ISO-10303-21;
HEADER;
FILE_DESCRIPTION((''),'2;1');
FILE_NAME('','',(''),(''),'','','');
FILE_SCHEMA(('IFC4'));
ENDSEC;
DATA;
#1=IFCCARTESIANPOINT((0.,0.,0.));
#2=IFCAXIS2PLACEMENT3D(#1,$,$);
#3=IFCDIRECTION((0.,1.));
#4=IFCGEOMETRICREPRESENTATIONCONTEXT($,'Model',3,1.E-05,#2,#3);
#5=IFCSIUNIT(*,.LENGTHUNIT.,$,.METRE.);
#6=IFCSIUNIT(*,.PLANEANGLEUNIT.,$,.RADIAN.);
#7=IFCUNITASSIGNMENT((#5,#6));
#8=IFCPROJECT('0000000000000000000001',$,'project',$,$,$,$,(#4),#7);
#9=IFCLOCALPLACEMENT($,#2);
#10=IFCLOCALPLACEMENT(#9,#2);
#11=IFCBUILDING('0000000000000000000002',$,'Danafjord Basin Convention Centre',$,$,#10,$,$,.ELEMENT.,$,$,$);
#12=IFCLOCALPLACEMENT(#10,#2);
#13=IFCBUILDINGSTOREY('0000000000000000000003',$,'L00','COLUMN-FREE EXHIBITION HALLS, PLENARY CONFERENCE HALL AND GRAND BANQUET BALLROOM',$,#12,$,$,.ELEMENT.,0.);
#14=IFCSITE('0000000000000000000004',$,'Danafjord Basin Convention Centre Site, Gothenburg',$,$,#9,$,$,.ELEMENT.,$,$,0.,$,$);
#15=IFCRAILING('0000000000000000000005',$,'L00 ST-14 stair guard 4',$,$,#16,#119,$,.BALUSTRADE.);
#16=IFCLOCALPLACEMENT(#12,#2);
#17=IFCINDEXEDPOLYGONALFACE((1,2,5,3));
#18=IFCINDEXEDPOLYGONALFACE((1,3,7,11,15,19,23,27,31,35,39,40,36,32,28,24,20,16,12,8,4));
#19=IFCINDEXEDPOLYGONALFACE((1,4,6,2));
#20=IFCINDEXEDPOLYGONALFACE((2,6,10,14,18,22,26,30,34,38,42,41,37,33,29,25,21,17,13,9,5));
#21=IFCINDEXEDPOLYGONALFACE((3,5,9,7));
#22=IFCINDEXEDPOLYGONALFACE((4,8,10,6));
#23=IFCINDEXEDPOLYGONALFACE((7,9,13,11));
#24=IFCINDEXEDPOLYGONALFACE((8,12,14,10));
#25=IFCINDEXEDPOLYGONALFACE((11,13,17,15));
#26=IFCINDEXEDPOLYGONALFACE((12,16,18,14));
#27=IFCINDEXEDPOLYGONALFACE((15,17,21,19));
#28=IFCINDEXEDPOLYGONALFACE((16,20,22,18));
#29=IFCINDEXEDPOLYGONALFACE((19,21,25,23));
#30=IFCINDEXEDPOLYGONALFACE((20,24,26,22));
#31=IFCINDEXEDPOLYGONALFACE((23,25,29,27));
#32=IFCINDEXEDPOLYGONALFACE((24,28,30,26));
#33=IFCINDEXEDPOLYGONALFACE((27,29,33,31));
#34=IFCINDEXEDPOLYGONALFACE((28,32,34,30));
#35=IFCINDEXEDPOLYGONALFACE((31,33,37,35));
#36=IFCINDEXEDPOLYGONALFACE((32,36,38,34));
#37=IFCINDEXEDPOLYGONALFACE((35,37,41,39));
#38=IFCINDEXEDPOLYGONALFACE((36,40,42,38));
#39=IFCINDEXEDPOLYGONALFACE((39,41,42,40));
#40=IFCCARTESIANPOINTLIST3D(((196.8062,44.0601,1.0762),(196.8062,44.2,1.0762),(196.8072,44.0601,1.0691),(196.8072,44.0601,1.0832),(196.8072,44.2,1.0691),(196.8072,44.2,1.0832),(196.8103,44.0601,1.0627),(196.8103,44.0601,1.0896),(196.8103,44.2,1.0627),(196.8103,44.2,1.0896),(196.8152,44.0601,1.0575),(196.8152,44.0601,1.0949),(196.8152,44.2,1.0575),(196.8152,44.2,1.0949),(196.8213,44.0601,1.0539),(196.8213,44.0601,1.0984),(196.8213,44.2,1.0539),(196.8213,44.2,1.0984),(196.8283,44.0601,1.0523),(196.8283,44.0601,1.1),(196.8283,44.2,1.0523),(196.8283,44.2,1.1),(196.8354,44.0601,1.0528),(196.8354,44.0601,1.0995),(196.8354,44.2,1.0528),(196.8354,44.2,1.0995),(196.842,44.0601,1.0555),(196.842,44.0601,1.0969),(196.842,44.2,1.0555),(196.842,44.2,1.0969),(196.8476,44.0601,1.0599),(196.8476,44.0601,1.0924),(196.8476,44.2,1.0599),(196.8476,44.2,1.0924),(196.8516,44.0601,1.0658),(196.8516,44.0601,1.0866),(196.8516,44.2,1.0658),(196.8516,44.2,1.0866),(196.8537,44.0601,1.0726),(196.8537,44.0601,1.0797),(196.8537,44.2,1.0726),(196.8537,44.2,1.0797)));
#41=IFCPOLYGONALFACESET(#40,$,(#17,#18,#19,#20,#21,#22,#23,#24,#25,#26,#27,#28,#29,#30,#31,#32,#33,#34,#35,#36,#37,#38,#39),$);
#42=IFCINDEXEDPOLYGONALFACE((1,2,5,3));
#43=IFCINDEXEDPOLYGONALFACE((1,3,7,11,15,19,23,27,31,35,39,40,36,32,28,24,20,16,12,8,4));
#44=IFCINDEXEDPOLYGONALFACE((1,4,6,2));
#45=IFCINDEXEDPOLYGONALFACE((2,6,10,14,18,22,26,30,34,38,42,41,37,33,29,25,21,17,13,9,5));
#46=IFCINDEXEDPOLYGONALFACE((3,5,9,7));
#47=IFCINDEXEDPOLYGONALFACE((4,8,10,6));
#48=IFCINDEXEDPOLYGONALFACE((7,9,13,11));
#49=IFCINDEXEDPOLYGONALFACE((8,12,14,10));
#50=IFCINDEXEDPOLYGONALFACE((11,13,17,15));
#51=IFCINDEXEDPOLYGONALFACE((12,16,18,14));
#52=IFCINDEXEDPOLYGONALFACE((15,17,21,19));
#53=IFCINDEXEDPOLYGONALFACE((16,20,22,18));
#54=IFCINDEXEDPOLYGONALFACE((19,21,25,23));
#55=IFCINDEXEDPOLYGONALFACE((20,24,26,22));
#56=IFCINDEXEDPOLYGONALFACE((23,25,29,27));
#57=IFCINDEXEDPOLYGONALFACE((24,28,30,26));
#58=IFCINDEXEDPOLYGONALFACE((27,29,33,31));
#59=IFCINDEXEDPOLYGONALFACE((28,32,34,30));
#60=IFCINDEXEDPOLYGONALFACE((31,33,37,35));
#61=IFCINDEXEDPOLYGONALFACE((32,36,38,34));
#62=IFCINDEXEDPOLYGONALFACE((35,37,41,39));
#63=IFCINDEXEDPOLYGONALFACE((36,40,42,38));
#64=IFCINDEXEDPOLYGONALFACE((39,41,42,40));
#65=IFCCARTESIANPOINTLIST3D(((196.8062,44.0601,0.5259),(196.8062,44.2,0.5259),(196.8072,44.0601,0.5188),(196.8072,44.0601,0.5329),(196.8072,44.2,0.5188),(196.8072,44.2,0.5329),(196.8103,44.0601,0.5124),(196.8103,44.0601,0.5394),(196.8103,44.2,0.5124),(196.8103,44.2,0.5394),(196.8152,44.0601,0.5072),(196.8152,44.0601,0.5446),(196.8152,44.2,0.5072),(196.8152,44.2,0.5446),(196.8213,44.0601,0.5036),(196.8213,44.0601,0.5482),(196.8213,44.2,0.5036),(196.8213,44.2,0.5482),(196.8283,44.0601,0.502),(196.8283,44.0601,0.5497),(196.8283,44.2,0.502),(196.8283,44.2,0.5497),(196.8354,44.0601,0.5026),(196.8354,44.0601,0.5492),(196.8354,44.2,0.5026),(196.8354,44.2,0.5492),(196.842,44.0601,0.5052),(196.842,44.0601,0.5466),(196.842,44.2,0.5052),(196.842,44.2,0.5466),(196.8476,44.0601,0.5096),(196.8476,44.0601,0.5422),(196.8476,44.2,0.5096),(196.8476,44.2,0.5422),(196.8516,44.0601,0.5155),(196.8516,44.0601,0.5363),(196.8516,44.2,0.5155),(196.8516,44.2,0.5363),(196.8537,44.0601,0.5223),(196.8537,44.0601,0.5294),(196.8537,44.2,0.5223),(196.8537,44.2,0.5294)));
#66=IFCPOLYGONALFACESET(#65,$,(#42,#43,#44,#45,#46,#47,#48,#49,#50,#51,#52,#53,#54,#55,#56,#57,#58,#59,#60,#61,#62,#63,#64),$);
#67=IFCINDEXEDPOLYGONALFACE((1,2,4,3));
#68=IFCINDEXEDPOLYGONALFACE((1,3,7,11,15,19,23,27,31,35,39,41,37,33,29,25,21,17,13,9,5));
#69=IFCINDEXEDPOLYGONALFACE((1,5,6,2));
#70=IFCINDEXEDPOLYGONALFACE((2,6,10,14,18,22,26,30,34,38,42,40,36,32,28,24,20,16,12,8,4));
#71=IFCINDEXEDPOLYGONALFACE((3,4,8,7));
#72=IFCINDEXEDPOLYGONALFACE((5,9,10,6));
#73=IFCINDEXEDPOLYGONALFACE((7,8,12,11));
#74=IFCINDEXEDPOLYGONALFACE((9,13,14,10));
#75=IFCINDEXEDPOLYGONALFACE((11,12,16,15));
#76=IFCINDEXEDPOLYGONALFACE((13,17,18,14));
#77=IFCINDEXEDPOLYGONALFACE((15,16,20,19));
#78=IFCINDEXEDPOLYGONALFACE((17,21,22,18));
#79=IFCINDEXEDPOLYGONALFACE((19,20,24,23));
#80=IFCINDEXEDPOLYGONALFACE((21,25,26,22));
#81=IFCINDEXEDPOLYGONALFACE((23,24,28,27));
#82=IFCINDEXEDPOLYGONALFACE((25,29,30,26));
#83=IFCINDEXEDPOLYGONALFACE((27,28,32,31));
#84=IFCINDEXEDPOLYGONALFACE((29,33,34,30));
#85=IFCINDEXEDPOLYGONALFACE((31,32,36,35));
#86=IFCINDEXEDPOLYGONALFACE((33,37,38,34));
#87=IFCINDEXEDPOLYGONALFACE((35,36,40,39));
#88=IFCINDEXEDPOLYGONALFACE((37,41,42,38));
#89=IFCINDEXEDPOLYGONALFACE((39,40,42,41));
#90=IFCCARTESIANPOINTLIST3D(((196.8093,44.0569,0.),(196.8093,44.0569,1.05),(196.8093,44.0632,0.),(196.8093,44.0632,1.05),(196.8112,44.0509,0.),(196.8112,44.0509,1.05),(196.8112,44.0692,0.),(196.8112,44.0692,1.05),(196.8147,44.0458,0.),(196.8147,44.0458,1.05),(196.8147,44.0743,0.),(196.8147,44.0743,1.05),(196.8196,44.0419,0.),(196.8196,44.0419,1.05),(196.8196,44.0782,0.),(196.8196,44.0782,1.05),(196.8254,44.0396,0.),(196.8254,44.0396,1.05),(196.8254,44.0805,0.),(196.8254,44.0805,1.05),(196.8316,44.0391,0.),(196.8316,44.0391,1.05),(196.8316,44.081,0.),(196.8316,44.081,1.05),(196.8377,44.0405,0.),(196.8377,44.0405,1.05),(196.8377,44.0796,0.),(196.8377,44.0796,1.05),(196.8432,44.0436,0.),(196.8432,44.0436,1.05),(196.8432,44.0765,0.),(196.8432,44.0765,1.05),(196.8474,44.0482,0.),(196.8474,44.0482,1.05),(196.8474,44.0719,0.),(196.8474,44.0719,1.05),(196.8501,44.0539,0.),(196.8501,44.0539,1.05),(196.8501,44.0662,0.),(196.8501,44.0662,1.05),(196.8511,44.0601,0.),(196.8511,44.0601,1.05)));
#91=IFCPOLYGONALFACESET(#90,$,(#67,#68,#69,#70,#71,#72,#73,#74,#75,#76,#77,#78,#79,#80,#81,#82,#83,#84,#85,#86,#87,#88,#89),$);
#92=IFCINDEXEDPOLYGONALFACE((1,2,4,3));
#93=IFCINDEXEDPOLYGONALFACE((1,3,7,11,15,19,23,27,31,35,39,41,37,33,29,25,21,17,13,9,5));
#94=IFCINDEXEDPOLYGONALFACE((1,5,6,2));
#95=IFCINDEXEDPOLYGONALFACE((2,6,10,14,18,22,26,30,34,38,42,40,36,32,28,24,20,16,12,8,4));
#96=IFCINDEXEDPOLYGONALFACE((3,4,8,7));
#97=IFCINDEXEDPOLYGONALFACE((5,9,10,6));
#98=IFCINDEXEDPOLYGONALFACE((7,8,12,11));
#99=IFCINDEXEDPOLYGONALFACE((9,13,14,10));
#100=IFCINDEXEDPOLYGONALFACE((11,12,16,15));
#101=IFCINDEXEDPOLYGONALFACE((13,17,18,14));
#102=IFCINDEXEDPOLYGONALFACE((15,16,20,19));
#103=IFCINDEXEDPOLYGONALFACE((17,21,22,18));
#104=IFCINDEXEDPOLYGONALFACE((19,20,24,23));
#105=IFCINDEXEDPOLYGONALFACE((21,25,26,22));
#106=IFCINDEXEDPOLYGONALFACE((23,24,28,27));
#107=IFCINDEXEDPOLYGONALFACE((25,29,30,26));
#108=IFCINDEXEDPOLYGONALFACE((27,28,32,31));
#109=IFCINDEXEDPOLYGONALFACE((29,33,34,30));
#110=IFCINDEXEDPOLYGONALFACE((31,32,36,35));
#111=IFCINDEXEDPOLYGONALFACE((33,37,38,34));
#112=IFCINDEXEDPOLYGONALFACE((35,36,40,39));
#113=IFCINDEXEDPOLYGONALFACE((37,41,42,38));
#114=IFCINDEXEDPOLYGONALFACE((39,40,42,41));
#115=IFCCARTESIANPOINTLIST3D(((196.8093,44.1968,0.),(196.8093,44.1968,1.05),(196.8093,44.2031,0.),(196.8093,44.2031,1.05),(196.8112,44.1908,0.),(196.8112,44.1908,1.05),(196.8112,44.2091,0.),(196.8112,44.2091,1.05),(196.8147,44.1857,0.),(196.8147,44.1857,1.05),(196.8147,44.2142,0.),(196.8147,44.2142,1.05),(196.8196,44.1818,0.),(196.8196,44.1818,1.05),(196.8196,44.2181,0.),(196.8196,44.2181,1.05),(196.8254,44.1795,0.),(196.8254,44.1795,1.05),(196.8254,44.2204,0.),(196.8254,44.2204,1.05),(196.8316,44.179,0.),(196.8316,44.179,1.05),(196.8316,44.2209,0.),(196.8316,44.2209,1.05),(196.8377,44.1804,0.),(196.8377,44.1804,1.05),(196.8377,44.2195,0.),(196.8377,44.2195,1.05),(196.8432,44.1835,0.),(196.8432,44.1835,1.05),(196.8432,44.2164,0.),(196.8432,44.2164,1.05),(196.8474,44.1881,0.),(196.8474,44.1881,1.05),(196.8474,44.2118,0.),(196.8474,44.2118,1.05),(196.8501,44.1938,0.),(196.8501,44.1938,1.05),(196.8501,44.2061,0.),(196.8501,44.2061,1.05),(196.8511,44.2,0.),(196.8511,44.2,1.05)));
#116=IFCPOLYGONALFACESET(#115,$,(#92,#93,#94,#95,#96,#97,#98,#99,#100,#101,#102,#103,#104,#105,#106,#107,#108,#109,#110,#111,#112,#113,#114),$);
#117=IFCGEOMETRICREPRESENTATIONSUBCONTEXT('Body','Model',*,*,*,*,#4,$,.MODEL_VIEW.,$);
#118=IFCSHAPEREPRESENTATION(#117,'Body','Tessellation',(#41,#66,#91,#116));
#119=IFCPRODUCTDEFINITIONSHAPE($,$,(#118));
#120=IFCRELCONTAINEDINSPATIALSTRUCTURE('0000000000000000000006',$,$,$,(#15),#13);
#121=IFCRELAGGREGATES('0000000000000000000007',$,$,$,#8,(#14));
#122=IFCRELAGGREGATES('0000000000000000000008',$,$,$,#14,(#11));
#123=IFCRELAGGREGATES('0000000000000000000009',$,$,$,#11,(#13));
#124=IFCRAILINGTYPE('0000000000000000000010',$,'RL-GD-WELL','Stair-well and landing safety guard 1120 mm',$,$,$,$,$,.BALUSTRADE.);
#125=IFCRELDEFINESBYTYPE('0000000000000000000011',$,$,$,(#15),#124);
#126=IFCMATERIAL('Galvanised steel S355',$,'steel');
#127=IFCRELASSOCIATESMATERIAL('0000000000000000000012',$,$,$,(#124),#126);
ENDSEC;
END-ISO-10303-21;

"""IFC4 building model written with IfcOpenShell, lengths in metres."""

from ifc_helpers import new_model, si_unit, direction, frame, origin, origin_2d, place, context, subcontext, project, spatial, circle, extrude, material, type_object, element, save


model = new_model("IFC4")

# Units and contexts
model_context = context("Model", 3, precision=1e-05, world=origin(), true_north=direction((0.0, 1.0)))
body_context = subcontext(model_context, "Body", "Model", "MODEL_VIEW")
ifc_project = project(units=[si_unit("LENGTHUNIT", "METRE"), si_unit("PLANEANGLEUNIT", "RADIAN")], contexts=[model_context])

# Site, building, storey
site_placement = place(None, origin())
site = spatial("IfcSite", under=ifc_project, at=site_placement, Name="Danafjord Basin Convention Centre Site, Gothenburg", CompositionType="ELEMENT", RefElevation=0.0)
building_placement = place(site_placement, origin())
building = spatial("IfcBuilding", under=site, at=building_placement, Name="Danafjord Basin Convention Centre", CompositionType="ELEMENT")
storey_placement = place(building_placement, origin())
storey = spatial("IfcBuildingStorey", under=building, at=storey_placement, Name="L00", Description="COLUMN-FREE EXHIBITION HALLS, PLENARY CONFERENCE HALL AND GRAND BANQUET BALLROOM", CompositionType="ELEMENT", Elevation=0.0)

# Railing
ifc_material_1 = material(Name="Galvanised steel S355", Category="steel")
railing_type_1 = type_object("IfcRailingType", Name="RL-GD-WELL", Description="Stair-well and landing safety guard 1120 mm", PredefinedType="BALUSTRADE", material=ifc_material_1)
railing_1_placement = place(storey_placement, frame((196.8301, 44.0601, 0.0)))
element("IfcRailing", 1, at=railing_1_placement, inside=storey, type_object=railing_type_1, Name="L00 ST-14 stair guard 4", PredefinedType="BALUSTRADE", context=body_context, shape_type="SweptSolid", body=[
    extrude(circle(Radius=0.0239, at=origin_2d()), frame((0.0, 0.0, 1.0762), z_axis=(0.0, 1.0, 0.0), x_axis=(-1.0, 0.0, 0.0)), (0.0, 0.0, 1.0), 0.1399),
    extrude(circle(Radius=0.0239, at=origin_2d()), frame((0.0, 0.0, 0.5259), z_axis=(0.0, 1.0, 0.0), x_axis=(-1.0, 0.0, 0.0)), (0.0, 0.0, 1.0), 0.1399),
    extrude(circle(Radius=0.021, at=origin_2d()), origin(), (0.0, 0.0, 1.0), 1.05),
    extrude(circle(Radius=0.021, at=origin_2d()), frame((0.0, 0.1399, 0.0)), (0.0, 0.0, 1.0), 1.05),
])

save(model, "model.ifc")
